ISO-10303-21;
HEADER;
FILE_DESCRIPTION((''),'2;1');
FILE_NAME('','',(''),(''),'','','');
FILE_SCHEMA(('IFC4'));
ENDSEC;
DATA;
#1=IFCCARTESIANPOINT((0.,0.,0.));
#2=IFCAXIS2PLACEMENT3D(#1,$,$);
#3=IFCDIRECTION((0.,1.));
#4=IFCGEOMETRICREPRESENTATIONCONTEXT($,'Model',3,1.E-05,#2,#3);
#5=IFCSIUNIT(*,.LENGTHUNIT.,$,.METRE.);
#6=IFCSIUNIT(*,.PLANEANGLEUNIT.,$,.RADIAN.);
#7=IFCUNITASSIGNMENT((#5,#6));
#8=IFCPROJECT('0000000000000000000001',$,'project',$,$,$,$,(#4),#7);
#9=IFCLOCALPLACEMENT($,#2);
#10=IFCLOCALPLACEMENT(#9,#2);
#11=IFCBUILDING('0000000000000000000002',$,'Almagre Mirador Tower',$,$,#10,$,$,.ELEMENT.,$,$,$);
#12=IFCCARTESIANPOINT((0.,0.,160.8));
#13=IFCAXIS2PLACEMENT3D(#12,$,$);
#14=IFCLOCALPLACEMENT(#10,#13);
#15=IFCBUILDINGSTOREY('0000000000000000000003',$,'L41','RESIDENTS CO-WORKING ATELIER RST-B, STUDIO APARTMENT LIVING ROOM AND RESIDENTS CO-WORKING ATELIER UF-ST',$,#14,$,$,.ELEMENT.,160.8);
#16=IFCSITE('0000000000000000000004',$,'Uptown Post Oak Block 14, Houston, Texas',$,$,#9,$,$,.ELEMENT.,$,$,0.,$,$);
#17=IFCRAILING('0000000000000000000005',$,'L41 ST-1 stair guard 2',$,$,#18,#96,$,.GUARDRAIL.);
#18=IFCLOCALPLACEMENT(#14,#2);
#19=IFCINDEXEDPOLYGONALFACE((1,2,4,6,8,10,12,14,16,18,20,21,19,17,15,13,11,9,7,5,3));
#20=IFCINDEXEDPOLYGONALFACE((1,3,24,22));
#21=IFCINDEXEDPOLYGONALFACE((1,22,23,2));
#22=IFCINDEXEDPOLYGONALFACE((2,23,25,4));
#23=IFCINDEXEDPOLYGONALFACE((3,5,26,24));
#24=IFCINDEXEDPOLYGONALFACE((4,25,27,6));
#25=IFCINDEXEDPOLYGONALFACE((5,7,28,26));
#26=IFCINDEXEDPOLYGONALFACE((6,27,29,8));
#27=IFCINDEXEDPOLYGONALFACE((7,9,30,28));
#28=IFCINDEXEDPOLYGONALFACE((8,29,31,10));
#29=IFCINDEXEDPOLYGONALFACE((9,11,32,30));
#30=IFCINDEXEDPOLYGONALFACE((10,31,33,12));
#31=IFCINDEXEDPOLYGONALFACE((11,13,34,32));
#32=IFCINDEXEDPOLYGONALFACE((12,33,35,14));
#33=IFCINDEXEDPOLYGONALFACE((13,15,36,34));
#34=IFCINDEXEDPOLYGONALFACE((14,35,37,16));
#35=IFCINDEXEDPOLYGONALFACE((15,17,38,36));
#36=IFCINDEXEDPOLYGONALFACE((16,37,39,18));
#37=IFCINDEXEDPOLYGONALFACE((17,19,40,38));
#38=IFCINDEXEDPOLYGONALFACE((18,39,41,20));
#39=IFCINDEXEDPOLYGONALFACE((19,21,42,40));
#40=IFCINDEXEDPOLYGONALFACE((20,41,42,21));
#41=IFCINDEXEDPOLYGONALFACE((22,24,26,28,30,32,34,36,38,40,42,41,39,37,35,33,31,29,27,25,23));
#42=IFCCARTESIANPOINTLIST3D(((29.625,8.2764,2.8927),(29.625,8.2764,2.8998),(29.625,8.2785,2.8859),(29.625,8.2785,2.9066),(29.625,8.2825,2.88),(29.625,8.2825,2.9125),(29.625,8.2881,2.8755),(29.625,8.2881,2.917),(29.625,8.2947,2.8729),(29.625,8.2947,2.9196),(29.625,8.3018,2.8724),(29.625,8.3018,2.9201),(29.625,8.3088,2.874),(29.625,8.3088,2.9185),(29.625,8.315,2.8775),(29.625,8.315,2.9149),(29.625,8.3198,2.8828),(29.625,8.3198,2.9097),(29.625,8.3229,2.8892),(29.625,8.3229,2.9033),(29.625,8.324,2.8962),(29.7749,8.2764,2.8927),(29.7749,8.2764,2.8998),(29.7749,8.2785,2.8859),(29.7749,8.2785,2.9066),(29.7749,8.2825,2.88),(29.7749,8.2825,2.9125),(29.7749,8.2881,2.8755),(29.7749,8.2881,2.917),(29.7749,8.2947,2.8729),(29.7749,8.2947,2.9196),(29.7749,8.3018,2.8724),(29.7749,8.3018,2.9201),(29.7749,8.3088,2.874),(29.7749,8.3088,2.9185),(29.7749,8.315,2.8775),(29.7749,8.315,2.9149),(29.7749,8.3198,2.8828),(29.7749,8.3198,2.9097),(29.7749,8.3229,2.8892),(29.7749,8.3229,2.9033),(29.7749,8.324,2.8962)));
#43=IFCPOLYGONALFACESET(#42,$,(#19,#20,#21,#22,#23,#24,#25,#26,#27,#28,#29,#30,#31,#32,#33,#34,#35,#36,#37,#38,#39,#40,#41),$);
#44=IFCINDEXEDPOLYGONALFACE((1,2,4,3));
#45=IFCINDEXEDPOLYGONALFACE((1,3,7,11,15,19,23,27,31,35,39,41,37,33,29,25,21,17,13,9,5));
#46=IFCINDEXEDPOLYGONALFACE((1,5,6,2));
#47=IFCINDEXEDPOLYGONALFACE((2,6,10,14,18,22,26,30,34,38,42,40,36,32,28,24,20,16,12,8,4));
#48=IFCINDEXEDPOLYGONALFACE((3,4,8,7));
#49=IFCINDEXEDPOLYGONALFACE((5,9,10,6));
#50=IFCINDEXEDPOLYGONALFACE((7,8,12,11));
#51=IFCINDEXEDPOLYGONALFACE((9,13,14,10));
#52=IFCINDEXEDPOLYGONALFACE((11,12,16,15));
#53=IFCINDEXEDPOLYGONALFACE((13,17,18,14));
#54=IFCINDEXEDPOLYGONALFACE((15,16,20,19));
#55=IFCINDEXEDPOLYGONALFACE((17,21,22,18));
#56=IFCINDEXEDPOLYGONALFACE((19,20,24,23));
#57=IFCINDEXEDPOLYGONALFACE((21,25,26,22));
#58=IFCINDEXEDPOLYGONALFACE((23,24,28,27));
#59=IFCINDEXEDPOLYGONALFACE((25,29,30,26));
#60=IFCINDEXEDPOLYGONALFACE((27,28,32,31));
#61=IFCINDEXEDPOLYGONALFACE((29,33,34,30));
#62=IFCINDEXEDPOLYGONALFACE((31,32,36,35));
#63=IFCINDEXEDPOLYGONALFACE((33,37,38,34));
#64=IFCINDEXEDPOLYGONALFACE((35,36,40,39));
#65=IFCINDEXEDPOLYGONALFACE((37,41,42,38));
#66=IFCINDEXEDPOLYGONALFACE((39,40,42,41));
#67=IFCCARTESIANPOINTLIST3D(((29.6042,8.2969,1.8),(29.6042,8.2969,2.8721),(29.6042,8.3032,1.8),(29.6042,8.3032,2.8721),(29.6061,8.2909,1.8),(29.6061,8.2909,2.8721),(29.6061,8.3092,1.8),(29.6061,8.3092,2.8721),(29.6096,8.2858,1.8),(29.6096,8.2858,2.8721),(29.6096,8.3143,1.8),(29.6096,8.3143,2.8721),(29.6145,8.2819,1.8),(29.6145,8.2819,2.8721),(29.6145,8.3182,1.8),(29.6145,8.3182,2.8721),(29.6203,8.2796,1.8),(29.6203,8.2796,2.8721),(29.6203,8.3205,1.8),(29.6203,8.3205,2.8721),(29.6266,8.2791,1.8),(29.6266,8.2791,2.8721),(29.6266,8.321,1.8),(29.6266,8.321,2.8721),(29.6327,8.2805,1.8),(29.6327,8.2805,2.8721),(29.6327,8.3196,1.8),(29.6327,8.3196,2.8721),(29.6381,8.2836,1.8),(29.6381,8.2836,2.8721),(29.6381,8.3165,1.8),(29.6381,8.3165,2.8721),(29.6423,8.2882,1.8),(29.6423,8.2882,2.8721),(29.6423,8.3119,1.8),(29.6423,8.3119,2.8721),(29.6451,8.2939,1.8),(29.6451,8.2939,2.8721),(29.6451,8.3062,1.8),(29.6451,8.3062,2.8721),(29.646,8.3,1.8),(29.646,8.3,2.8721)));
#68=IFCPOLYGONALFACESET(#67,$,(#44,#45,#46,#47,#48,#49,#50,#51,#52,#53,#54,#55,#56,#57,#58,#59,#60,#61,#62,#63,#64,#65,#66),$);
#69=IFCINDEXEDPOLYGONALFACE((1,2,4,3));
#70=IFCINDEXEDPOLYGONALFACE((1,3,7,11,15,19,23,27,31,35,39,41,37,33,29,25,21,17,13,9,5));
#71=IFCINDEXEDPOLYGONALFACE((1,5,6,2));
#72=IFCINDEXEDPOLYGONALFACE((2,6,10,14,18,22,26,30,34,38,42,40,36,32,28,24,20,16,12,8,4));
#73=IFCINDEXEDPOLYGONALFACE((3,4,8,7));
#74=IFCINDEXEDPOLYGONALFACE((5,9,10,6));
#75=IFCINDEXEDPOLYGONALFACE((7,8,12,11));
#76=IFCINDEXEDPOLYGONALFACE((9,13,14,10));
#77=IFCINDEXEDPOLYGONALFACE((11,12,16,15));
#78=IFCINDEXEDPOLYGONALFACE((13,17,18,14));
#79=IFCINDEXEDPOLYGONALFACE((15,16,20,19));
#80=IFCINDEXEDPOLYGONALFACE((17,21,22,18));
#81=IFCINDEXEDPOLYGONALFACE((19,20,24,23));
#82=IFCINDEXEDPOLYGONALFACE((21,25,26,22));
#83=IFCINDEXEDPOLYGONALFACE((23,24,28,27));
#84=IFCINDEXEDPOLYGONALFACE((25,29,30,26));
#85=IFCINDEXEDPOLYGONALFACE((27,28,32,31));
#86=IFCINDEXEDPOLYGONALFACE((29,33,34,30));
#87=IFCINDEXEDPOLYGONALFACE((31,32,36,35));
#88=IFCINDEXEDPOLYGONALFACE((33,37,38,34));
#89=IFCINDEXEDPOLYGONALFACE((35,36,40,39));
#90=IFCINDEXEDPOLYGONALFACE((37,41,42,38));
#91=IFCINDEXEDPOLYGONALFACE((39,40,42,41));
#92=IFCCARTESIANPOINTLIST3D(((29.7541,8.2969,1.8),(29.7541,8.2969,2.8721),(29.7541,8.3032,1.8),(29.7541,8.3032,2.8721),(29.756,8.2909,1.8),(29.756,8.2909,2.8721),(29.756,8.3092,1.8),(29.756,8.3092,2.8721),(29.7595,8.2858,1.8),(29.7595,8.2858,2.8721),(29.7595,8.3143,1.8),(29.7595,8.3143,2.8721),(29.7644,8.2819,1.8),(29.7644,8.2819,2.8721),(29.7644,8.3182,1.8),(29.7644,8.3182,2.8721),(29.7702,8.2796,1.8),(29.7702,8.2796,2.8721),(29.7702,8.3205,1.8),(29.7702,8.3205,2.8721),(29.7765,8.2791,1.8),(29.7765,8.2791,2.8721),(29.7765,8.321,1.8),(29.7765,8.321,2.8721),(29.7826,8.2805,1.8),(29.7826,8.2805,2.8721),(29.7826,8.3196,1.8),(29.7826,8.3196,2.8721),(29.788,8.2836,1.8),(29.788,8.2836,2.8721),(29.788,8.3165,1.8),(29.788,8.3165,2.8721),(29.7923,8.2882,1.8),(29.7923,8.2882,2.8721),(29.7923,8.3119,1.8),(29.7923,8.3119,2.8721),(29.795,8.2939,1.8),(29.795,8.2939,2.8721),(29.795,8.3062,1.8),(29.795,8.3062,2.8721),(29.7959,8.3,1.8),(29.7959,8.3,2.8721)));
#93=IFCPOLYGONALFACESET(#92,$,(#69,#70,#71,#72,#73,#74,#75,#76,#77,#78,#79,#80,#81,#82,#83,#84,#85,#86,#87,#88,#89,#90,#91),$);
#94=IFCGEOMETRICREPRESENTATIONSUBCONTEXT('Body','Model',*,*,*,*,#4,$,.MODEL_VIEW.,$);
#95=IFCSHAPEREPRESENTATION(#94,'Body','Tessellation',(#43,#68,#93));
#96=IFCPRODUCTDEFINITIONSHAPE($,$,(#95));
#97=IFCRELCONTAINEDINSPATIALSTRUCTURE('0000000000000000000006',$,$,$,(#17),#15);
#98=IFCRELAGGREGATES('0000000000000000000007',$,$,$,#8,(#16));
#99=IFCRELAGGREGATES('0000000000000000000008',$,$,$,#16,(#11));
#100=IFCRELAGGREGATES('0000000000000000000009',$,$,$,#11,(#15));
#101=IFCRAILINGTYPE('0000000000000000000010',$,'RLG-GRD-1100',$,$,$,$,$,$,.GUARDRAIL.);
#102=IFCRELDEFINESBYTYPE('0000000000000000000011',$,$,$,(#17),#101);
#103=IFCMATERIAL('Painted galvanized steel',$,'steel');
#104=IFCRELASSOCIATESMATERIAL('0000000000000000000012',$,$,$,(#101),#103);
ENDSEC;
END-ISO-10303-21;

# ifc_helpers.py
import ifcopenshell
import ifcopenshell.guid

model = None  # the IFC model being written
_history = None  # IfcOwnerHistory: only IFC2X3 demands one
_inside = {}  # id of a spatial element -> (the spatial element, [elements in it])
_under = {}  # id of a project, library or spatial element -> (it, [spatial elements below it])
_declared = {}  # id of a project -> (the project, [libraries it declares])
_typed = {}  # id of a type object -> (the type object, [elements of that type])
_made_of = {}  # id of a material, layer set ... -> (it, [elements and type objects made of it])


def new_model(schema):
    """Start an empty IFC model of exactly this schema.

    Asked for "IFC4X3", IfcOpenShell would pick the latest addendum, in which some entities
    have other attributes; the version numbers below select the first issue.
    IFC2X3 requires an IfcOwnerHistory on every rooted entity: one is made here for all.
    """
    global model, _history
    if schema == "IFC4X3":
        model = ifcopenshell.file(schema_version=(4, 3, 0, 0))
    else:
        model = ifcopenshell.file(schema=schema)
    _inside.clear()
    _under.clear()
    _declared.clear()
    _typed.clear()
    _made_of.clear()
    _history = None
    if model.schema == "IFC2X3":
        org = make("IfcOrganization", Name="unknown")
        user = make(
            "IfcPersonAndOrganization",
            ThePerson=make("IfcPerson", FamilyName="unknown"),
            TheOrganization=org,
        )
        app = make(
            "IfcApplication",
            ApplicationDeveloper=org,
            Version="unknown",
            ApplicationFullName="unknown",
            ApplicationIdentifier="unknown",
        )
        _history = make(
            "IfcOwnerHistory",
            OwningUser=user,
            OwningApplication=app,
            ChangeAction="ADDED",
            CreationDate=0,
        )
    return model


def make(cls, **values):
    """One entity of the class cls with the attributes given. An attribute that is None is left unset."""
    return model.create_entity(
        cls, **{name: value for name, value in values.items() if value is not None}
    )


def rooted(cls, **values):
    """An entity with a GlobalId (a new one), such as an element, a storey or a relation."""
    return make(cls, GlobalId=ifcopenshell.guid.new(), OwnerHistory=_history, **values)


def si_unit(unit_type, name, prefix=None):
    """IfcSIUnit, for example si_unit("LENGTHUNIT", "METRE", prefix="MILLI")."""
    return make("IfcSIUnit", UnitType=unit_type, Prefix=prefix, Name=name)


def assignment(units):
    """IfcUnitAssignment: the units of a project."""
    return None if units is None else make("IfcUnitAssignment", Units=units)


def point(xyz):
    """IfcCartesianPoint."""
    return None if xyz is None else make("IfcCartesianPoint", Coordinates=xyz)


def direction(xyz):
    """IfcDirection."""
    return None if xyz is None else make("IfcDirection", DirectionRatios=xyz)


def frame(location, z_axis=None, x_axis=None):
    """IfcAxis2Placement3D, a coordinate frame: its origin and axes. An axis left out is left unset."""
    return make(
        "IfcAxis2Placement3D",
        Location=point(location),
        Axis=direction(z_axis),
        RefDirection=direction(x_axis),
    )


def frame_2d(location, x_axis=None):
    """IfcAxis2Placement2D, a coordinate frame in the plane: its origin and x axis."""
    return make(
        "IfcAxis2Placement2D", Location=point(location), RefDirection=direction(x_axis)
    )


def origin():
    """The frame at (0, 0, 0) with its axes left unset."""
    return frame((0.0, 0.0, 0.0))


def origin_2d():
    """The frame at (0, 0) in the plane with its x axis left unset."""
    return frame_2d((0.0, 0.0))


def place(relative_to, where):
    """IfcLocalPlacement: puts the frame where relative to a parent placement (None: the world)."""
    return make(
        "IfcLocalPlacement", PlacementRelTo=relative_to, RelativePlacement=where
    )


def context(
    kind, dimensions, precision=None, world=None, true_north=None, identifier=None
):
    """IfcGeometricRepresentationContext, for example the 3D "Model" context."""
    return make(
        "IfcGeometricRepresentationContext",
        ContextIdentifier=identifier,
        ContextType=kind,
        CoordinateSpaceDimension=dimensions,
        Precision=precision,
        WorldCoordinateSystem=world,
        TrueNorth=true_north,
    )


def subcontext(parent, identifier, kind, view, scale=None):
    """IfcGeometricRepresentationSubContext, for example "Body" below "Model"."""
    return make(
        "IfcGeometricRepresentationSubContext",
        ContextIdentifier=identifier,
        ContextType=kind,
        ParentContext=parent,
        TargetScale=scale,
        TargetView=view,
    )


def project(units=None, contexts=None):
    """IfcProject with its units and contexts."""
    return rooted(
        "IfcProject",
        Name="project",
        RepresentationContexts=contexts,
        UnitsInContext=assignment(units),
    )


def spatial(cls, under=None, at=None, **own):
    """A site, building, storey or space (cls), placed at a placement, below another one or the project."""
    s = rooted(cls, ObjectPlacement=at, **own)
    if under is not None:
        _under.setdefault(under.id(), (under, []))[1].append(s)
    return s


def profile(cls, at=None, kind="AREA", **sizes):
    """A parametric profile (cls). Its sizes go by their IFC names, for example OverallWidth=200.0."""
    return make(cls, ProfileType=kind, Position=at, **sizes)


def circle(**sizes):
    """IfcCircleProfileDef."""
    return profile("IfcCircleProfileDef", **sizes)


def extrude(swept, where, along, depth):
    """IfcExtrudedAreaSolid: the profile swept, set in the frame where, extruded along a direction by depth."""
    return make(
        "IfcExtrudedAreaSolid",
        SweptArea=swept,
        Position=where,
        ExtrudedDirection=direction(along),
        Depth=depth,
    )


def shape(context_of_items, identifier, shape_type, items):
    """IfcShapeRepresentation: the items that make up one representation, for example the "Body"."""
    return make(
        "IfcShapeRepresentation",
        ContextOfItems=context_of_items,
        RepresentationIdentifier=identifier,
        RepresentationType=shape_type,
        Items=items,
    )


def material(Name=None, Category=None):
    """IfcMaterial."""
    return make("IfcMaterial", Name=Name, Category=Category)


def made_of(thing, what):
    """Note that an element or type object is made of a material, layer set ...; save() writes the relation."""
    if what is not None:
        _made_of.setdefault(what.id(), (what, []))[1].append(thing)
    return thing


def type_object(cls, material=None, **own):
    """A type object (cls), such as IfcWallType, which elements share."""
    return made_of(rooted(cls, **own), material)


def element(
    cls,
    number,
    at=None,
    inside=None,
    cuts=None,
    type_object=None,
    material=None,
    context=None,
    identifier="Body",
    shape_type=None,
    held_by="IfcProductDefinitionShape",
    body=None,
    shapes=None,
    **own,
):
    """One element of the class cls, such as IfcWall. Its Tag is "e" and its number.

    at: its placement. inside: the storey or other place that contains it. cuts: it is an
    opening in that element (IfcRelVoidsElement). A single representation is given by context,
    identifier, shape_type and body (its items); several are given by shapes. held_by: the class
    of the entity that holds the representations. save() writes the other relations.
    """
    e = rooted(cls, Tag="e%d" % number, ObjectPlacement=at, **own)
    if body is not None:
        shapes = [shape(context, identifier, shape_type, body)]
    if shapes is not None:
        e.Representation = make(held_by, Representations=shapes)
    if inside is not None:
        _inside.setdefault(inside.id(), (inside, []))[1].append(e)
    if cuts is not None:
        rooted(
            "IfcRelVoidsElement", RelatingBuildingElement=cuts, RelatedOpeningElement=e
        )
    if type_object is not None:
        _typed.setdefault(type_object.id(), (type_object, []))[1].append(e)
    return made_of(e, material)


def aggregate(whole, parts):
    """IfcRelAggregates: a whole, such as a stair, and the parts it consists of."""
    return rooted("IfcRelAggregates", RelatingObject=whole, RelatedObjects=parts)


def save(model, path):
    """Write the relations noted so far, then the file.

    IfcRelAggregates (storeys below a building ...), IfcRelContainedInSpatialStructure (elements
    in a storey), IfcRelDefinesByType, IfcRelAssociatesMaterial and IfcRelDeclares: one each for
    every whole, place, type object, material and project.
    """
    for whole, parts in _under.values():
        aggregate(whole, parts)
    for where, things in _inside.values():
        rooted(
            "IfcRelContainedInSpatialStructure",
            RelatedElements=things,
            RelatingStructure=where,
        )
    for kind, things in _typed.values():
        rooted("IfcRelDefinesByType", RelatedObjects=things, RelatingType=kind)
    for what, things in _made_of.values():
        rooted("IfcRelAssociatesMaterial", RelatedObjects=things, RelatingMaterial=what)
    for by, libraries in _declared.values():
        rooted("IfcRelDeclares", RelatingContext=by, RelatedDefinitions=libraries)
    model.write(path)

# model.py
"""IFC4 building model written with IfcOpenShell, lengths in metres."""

from ifc_helpers import new_model, si_unit, direction, frame, origin, origin_2d, place, context, subcontext, project, spatial, circle, extrude, material, type_object, element, save


model = new_model("IFC4")

# Units and contexts
model_context = context("Model", 3, precision=1e-05, world=origin(), true_north=direction((0.0, 1.0)))
body_context = subcontext(model_context, "Body", "Model", "MODEL_VIEW")
ifc_project = project(units=[si_unit("LENGTHUNIT", "METRE"), si_unit("PLANEANGLEUNIT", "RADIAN")], contexts=[model_context])

# Site, building, storey
site_placement = place(None, origin())
site = spatial("IfcSite", under=ifc_project, at=site_placement, Name="Uptown Post Oak Block 14, Houston, Texas", CompositionType="ELEMENT", RefElevation=0.0)
building_placement = place(site_placement, origin())
building = spatial("IfcBuilding", under=site, at=building_placement, Name="Almagre Mirador Tower", CompositionType="ELEMENT")
storey_placement = place(building_placement, frame((0.0, 0.0, 160.8)))
storey = spatial("IfcBuildingStorey", under=building, at=storey_placement, Name="L41", Description="RESIDENTS CO-WORKING ATELIER RST-B, STUDIO APARTMENT LIVING ROOM AND RESIDENTS CO-WORKING ATELIER UF-ST", CompositionType="ELEMENT", Elevation=160.8)

# Railing
ifc_material_1 = material(Name="Painted galvanized steel", Category="steel")
railing_type_1 = type_object("IfcRailingType", Name="RLG-GRD-1100", PredefinedType="GUARDRAIL", material=ifc_material_1)
railing_1_placement = place(storey_placement, frame((29.625, 8.3, 1.8)))
element("IfcRailing", 1, at=railing_1_placement, inside=storey, type_object=railing_type_1, Name="L41 ST-1 stair guard 2", PredefinedType="GUARDRAIL", context=body_context, shape_type="SweptSolid", body=[
    extrude(circle(Radius=0.0239, at=origin_2d()), frame((0.0, 0.0, 1.0962), z_axis=(1.0, 0.0, 0.0), x_axis=(0.0, 1.0, 0.0)), (0.0, 0.0, 1.0), 0.1499),
    extrude(circle(Radius=0.021, at=origin_2d()), origin(), (0.0, 0.0, 1.0), 1.072),
    extrude(circle(Radius=0.021, at=origin_2d()), frame((0.1499, 0.0, 0.0)), (0.0, 0.0, 1.0), 1.072),
])

save(model, "model.ifc")
